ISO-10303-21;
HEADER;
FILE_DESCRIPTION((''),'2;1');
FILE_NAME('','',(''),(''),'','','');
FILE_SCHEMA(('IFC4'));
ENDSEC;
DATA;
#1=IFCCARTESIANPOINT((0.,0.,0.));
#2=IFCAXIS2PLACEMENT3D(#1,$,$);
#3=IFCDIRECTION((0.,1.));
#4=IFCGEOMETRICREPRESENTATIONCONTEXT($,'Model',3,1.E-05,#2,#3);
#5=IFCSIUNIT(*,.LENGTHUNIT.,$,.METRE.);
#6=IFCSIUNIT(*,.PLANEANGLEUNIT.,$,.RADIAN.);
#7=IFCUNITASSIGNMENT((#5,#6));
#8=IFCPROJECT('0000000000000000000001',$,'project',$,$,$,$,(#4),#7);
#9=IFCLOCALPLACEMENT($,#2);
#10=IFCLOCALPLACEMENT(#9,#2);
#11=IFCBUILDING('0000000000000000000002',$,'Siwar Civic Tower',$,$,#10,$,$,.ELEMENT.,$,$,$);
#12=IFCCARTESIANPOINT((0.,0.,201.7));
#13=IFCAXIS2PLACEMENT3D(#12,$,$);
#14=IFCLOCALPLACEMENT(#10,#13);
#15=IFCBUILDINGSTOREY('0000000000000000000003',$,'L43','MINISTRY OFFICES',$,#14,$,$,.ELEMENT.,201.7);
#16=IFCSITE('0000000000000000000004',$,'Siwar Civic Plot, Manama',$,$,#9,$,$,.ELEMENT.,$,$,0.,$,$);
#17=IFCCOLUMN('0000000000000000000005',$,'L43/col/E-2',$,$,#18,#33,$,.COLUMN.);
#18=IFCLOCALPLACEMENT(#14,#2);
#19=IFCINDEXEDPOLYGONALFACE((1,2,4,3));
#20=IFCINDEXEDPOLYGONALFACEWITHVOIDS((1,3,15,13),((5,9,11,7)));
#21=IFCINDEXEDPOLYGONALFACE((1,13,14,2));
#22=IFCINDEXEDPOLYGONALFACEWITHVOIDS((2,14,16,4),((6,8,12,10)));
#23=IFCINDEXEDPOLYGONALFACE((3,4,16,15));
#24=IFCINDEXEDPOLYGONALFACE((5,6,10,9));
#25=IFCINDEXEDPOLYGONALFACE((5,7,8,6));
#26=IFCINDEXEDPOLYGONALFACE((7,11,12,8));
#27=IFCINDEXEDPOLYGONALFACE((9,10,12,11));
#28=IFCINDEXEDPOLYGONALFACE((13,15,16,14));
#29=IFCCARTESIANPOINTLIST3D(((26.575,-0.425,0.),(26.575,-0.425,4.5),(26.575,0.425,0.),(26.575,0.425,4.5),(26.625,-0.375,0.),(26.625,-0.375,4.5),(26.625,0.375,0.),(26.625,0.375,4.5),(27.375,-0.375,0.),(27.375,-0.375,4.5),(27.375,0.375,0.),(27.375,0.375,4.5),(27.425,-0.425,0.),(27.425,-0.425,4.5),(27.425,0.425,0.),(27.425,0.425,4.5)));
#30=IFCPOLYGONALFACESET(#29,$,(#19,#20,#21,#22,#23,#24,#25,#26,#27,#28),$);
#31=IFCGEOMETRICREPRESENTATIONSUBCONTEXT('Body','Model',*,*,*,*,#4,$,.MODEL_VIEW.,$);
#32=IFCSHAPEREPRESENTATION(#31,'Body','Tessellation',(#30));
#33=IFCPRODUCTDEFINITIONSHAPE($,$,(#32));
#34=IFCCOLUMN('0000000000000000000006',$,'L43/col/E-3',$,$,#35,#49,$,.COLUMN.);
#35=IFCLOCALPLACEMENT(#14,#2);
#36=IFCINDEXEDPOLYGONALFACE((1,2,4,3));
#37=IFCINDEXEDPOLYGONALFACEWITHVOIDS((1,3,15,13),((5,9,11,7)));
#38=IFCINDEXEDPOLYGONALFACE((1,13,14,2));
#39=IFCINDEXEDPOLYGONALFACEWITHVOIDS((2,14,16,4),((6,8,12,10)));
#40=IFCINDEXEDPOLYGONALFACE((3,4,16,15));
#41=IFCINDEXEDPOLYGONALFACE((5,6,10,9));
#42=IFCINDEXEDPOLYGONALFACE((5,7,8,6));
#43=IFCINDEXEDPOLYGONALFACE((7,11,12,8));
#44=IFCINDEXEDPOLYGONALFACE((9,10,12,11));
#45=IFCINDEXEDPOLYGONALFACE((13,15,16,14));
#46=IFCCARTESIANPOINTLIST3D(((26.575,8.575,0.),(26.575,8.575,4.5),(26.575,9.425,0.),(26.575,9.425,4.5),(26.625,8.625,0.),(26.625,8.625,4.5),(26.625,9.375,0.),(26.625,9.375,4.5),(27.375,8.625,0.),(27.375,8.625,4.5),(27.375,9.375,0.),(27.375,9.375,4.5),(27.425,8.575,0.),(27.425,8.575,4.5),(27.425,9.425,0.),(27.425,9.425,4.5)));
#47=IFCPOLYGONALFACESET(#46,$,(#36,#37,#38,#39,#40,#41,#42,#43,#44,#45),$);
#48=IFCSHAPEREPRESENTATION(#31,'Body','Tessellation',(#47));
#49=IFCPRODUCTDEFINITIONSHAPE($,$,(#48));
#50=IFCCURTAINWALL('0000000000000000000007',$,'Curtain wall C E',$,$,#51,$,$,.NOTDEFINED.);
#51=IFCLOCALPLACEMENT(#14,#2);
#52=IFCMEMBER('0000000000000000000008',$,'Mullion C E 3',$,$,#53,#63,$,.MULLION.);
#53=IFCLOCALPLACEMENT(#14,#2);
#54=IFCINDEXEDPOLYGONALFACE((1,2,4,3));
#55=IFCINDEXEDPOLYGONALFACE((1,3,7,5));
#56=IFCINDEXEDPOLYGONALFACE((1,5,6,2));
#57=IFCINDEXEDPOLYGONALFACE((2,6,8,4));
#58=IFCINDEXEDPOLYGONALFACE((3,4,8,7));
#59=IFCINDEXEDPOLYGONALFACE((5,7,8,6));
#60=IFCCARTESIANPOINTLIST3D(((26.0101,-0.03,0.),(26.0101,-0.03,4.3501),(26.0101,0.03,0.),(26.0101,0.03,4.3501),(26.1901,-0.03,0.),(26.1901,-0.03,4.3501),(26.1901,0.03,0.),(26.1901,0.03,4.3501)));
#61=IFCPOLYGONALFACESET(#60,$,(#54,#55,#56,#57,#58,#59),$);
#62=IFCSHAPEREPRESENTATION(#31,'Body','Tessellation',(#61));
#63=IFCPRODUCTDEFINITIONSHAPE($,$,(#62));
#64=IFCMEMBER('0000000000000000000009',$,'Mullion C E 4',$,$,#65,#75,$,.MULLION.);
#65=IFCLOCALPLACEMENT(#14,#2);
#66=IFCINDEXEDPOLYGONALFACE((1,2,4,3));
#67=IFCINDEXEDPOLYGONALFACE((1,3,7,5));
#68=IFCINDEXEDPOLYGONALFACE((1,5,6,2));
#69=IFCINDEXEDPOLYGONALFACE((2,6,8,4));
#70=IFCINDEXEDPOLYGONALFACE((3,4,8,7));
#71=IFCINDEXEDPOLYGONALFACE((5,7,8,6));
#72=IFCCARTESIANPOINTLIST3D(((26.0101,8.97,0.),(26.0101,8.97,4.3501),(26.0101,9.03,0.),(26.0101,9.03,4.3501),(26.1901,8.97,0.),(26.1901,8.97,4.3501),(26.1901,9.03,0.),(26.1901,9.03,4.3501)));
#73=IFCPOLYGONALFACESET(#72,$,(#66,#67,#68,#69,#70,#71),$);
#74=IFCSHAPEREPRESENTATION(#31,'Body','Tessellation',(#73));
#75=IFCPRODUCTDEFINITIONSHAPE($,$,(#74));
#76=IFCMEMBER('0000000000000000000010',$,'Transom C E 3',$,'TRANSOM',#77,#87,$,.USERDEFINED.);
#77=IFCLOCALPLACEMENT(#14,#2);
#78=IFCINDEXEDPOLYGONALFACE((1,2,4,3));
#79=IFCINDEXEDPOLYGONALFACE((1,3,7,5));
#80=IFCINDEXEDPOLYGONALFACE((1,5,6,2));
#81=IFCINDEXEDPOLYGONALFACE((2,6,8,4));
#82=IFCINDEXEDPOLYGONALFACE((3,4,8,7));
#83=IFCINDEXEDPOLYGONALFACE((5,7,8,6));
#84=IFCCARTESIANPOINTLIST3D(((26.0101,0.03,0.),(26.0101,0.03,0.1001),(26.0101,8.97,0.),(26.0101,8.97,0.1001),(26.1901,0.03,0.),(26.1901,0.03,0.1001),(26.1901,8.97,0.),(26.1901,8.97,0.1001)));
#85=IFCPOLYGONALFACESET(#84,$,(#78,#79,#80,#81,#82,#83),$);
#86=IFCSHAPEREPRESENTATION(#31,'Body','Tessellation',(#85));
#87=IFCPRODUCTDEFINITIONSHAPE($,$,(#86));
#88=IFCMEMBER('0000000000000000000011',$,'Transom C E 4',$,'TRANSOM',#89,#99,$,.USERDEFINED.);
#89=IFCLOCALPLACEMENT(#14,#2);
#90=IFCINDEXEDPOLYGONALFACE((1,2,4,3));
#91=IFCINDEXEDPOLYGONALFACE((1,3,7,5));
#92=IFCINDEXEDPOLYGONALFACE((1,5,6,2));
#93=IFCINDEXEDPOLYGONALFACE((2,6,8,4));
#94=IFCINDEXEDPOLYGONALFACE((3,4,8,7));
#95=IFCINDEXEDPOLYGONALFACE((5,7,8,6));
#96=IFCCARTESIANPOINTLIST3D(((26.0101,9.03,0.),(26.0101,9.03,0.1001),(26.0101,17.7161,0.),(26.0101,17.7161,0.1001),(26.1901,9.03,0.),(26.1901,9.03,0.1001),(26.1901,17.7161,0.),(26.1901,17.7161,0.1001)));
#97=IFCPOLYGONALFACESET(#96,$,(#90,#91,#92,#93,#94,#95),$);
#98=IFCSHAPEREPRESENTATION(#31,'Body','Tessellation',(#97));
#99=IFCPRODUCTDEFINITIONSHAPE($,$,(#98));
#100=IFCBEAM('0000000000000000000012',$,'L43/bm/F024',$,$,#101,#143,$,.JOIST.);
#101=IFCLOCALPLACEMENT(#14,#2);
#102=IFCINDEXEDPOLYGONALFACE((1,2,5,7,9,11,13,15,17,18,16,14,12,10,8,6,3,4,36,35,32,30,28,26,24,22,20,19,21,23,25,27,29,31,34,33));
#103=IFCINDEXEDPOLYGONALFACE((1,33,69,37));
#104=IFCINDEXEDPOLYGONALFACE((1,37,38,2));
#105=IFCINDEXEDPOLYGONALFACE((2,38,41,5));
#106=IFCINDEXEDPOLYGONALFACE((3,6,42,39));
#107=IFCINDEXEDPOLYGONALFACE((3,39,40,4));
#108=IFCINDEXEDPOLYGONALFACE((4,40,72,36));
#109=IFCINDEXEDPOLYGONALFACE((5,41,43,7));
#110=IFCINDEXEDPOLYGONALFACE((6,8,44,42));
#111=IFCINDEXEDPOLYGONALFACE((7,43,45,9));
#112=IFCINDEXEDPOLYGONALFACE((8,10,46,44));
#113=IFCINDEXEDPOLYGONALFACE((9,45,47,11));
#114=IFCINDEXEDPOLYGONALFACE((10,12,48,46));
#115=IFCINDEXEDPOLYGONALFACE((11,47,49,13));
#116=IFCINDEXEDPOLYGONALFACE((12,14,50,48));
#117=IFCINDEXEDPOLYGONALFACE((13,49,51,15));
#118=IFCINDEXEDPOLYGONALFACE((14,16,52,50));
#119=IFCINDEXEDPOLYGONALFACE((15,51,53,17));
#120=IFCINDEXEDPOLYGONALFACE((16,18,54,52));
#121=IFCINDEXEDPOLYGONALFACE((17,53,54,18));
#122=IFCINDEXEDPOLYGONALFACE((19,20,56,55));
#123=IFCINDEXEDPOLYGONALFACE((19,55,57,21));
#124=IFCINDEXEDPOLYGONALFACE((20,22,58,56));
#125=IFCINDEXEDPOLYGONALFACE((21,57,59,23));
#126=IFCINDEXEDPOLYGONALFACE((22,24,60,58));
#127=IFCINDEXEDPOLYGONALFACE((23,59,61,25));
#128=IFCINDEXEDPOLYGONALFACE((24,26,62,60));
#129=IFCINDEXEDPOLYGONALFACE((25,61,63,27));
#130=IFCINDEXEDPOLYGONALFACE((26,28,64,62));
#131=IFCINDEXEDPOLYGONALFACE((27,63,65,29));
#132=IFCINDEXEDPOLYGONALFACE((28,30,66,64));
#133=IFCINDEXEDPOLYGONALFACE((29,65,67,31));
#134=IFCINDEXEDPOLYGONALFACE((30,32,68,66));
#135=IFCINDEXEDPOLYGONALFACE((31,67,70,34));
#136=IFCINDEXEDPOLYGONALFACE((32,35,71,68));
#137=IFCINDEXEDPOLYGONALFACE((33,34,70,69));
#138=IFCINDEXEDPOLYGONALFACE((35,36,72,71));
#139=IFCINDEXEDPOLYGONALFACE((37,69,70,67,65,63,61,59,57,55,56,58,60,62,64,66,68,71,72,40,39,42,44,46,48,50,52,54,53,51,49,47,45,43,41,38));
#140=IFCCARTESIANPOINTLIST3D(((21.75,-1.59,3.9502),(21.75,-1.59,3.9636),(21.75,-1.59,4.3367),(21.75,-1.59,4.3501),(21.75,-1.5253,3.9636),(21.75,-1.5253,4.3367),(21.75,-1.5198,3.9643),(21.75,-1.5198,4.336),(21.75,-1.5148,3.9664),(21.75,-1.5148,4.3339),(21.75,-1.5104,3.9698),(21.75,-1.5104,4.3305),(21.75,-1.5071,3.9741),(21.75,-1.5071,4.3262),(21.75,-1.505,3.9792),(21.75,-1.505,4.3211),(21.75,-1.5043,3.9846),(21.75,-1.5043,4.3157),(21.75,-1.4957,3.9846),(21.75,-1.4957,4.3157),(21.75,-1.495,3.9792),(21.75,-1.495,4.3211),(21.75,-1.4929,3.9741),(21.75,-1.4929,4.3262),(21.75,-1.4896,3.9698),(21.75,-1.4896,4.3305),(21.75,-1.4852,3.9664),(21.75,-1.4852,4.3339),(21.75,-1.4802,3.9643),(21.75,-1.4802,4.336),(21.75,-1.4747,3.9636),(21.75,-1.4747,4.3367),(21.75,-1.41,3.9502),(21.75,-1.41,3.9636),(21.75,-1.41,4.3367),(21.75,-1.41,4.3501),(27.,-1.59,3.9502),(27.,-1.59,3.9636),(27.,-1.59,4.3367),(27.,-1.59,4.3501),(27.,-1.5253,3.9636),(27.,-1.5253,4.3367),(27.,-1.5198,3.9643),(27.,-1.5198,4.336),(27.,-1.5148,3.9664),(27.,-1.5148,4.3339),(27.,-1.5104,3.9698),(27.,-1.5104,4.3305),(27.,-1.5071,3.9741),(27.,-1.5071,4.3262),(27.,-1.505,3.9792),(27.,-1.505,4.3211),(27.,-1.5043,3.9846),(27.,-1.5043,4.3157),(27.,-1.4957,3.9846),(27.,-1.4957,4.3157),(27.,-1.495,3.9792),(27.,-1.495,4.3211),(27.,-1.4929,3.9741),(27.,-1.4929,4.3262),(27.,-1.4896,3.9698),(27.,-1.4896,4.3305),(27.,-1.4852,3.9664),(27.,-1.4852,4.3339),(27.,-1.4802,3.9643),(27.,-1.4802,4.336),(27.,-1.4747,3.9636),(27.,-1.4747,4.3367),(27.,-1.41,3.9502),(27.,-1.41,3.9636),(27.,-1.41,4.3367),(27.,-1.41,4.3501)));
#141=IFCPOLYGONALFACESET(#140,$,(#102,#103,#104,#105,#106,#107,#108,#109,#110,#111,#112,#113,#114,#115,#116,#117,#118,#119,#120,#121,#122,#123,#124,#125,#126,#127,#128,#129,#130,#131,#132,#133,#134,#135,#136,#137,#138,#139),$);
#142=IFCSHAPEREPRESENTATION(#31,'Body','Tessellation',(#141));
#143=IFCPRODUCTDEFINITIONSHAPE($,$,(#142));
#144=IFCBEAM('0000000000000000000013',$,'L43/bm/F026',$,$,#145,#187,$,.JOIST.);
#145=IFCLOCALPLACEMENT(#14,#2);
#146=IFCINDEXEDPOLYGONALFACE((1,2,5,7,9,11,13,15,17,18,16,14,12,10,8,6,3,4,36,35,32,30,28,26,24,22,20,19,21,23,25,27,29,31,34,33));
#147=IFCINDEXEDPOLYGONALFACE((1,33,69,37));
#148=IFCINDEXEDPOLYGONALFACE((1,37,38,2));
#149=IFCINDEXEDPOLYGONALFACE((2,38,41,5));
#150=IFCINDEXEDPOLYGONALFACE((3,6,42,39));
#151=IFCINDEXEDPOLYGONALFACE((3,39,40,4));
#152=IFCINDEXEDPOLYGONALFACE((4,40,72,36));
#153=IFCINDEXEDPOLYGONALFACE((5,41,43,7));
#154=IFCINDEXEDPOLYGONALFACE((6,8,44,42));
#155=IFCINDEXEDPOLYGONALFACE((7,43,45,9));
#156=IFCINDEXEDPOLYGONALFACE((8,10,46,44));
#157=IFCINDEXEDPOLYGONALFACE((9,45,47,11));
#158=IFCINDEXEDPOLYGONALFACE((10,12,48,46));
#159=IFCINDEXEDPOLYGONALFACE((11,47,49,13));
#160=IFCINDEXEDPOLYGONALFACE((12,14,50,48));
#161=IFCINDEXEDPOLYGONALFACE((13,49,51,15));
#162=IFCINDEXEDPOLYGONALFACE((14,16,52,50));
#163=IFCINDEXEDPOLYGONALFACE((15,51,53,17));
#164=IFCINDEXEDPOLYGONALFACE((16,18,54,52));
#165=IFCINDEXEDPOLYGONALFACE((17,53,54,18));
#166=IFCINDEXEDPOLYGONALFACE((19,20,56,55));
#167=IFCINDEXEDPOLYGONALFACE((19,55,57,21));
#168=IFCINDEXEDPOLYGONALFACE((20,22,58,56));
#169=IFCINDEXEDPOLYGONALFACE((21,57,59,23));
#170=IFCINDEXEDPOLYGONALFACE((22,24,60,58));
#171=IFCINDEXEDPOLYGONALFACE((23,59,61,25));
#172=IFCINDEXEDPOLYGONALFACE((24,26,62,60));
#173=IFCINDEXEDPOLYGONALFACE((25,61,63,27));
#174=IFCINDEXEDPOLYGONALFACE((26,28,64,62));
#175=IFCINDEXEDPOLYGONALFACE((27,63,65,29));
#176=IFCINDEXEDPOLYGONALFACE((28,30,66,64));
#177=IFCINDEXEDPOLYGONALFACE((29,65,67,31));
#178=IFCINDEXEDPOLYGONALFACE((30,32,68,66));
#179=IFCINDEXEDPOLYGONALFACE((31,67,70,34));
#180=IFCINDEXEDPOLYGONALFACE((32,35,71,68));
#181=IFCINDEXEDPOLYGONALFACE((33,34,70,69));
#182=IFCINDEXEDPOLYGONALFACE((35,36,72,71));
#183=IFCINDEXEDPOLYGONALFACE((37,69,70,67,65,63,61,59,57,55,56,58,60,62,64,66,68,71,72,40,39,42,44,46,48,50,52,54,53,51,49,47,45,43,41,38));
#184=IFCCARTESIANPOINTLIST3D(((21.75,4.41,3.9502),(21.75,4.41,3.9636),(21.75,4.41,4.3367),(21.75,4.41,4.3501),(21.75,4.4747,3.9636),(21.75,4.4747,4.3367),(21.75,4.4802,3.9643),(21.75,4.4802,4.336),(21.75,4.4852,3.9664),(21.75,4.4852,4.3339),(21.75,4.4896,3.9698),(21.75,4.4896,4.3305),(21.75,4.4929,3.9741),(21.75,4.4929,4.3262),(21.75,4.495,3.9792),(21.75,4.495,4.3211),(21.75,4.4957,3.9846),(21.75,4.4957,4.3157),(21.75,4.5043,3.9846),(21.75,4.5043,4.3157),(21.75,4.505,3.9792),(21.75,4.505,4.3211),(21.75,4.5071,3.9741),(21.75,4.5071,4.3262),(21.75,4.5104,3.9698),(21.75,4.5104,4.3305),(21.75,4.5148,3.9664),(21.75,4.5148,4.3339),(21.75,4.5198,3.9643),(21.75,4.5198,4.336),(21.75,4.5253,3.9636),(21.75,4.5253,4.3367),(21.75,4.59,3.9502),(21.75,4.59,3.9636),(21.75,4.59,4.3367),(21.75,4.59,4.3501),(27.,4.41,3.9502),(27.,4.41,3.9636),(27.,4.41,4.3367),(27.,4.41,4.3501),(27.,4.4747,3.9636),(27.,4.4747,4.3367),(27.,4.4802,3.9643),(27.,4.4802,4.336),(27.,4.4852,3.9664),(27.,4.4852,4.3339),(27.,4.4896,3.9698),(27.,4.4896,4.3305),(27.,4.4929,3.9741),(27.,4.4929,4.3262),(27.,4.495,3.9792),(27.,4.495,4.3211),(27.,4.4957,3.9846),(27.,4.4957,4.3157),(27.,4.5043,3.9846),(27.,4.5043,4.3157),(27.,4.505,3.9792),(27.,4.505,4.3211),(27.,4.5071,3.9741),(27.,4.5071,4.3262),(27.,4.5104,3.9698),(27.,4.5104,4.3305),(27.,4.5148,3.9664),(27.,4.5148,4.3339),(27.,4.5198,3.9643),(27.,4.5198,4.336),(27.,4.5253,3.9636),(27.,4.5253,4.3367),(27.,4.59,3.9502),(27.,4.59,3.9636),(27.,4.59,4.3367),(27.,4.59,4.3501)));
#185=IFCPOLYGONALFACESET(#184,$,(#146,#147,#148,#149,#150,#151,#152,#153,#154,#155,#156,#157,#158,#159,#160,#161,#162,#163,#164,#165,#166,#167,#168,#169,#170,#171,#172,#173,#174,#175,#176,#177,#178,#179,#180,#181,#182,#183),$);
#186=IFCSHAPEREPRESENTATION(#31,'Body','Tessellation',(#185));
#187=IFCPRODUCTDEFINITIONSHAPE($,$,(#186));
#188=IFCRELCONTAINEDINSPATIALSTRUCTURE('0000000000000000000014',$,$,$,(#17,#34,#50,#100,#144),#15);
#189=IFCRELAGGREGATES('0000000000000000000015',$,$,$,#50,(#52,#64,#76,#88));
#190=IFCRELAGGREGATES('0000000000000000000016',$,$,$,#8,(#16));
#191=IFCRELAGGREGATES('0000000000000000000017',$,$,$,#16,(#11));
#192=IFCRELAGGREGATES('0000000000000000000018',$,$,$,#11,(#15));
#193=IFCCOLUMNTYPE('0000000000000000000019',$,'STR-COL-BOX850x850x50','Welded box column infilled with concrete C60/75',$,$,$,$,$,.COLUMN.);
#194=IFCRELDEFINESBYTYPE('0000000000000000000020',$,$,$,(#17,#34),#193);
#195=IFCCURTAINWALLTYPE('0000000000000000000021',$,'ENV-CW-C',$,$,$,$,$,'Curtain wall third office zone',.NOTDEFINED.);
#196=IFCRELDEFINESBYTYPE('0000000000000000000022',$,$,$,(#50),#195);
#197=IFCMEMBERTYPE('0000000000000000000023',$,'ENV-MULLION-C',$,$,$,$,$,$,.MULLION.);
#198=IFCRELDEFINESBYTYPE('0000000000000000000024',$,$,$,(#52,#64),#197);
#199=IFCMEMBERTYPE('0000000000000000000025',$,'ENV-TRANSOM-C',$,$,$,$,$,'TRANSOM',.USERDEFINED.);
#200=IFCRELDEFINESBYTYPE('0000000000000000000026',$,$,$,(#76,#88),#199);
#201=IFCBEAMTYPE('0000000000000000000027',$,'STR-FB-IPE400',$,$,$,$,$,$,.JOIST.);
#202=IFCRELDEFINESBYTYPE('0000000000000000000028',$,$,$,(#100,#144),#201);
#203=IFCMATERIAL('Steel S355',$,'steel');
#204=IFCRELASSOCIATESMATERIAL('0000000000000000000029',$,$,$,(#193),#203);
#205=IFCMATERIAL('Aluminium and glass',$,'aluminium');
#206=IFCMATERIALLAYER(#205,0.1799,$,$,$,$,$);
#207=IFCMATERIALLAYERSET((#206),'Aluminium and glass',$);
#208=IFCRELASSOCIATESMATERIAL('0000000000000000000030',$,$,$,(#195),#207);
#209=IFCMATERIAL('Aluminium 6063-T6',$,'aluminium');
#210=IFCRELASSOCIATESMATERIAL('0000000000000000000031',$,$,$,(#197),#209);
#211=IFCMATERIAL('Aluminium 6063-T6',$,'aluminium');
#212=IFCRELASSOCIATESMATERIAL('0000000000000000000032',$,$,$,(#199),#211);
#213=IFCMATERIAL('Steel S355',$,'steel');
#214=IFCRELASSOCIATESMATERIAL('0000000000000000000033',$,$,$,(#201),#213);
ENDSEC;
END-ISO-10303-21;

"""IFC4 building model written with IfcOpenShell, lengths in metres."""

from ifc_helpers import new_model, si_unit, direction, frame, origin, origin_2d, place, context, subcontext, project, spatial, rectangle, hollow_rectangle, i_section, extrude, material, layer, layer_set, material_profile, profile_set, type_object, element, aggregate, save


model = new_model("IFC4")

# Units and contexts
model_context = context("Model", 3, precision=1e-05, world=origin(), true_north=direction((0.0, 1.0)))
body_context = subcontext(model_context, "Body", "Model", "MODEL_VIEW")
ifc_project = project(units=[si_unit("LENGTHUNIT", "METRE"), si_unit("PLANEANGLEUNIT", "RADIAN")], contexts=[model_context])

# Site, building, storey
site_placement = place(None, origin())
site = spatial("IfcSite", under=ifc_project, at=site_placement, Name="Siwar Civic Plot, Manama", CompositionType="ELEMENT", RefElevation=0.0)
building_placement = place(site_placement, origin())
building = spatial("IfcBuilding", under=site, at=building_placement, Name="Siwar Civic Tower", CompositionType="ELEMENT")
storey_placement = place(building_placement, frame((0.0, 0.0, 201.7)))
storey = spatial("IfcBuildingStorey", under=building, at=storey_placement, Name="L43", Description="MINISTRY OFFICES", CompositionType="ELEMENT", Elevation=201.7)

# Columns
ifc_material_1 = material(Name="Steel S355", Category="steel")
ifc_material_profile_1 = material_profile(ifc_material_1, hollow_rectangle(XDim=0.8501, YDim=0.8501, WallThickness=0.05, at=origin_2d()), Name="BOX850x850x50")
ifc_profile_set_1 = profile_set([ifc_material_profile_1], Name="Steel S355")
column_type = type_object("IfcColumnType", Name="STR-COL-BOX850x850x50", Description="Welded box column infilled with concrete C60/75", PredefinedType="COLUMN", material=ifc_profile_set_1)
for number, where, z_axis, x_axis, name in (
    (1, (27.0, 0.0, 0.0), (0.0, 0.0, 1.0), (1.0, 0.0, 0.0), "L43/col/E-2"),
    (2, (27.0, 9.0, 0.0), (0.0, 0.0, 1.0), (1.0, 0.0, 0.0), "L43/col/E-3"),
):
    element("IfcColumn", number, at=place(storey_placement, frame(where, z_axis=z_axis, x_axis=x_axis)), inside=storey, type_object=column_type, Name=name, PredefinedType="COLUMN", context=body_context, shape_type="SweptSolid", body=[
        extrude(hollow_rectangle(XDim=0.8501, YDim=0.8501, WallThickness=0.05, at=origin_2d()), origin(), (0.0, 0.0, 1.0), 4.5),
    ])

# Curtain wall, members
ifc_material_2 = material(Name="Aluminium and glass", Category="aluminium")
ifc_layer_1 = layer(ifc_material_2, 0.1799)
ifc_layer_set_1 = layer_set([ifc_layer_1], Name="Aluminium and glass")
curtain_wall_type = type_object("IfcCurtainWallType", Name="ENV-CW-C", ElementType="Curtain wall third office zone", PredefinedType="NOTDEFINED", material=ifc_layer_set_1)
curtain_wall_placement = place(storey_placement, origin())
curtain_wall = element("IfcCurtainWall", 3, at=curtain_wall_placement, inside=storey, type_object=curtain_wall_type, Name="Curtain wall C E", PredefinedType="NOTDEFINED")
ifc_material_3 = material(Name="Aluminium 6063-T6", Category="aluminium")
ifc_material_profile_2 = material_profile(ifc_material_3, rectangle(XDim=0.1799, YDim=0.0601, at=origin_2d()), Name="AL 180x60")
ifc_profile_set_2 = profile_set([ifc_material_profile_2], Name="Aluminium 6063-T6")
member_type_1 = type_object("IfcMemberType", Name="ENV-MULLION-C", PredefinedType="MULLION", material=ifc_profile_set_2)
member_1_placement = place(storey_placement, frame((26.1001, 0.0, 0.0), z_axis=(0.0, 0.0, 1.0), x_axis=(-1.0, 0.0, 0.0)))
member_1 = element("IfcMember", 4, at=member_1_placement, type_object=member_type_1, Name="Mullion C E 3", PredefinedType="MULLION", context=body_context, shape_type="SweptSolid", body=[
    extrude(rectangle(XDim=0.1799, YDim=0.0601, at=origin_2d()), origin(), (0.0, 0.0, 1.0), 4.3501),
])
member_2_placement = place(storey_placement, frame((26.1001, 9.0, 0.0), z_axis=(0.0, 0.0, 1.0), x_axis=(-1.0, 0.0, 0.0)))
member_2 = element("IfcMember", 5, at=member_2_placement, type_object=member_type_1, Name="Mullion C E 4", PredefinedType="MULLION", context=body_context, shape_type="SweptSolid", body=[
    extrude(rectangle(XDim=0.1799, YDim=0.0601, at=origin_2d()), origin(), (0.0, 0.0, 1.0), 4.3501),
])
ifc_material_4 = material(Name="Aluminium 6063-T6", Category="aluminium")
ifc_material_profile_3 = material_profile(ifc_material_4, rectangle(XDim=0.1799, YDim=0.1001, at=origin_2d()), Name="AL 180x100")
ifc_profile_set_3 = profile_set([ifc_material_profile_3], Name="Aluminium 6063-T6")
member_type_2 = type_object("IfcMemberType", Name="ENV-TRANSOM-C", ElementType="TRANSOM", PredefinedType="USERDEFINED", material=ifc_profile_set_3)
member_3_placement = place(storey_placement, frame((26.1001, 0.03, 0.05), z_axis=(0.0, 1.0, 0.0), x_axis=(-1.0, 0.0, 0.0)))
member_3 = element("IfcMember", 6, at=member_3_placement, type_object=member_type_2, Name="Transom C E 3", ObjectType="TRANSOM", PredefinedType="USERDEFINED", context=body_context, shape_type="SweptSolid", body=[
    extrude(rectangle(XDim=0.1799, YDim=0.1001, at=origin_2d()), origin(), (0.0, 0.0, 1.0), 8.9399),
])
member_4_placement = place(storey_placement, frame((26.1001, 9.03, 0.05), z_axis=(0.0, 1.0, 0.0), x_axis=(-1.0, 0.0, 0.0)))
member_4 = element("IfcMember", 7, at=member_4_placement, type_object=member_type_2, Name="Transom C E 4", ObjectType="TRANSOM", PredefinedType="USERDEFINED", context=body_context, shape_type="SweptSolid", body=[
    extrude(rectangle(XDim=0.1799, YDim=0.1001, at=origin_2d()), origin(), (0.0, 0.0, 1.0), 8.686),
])

# Beams
ifc_material_5 = material(Name="Steel S355", Category="steel")
ifc_material_profile_4 = material_profile(ifc_material_5, i_section(OverallWidth=0.1799, OverallDepth=0.3999, WebThickness=0.0085, FlangeThickness=0.0134, FilletRadius=0.021, at=origin_2d()), Name="IPE400")
ifc_profile_set_4 = profile_set([ifc_material_profile_4], Name="Steel S355")
beam_type_1 = type_object("IfcBeamType", Name="STR-FB-IPE400", PredefinedType="JOIST", material=ifc_profile_set_4)
for number, where, z_axis, x_axis, name in (
    (8, (21.75, -1.5, 4.1501), (1.0, 0.0, 0.0), (0.0, 1.0, 0.0), "L43/bm/F024"),
    (9, (21.75, 4.5, 4.1501), (1.0, 0.0, 0.0), (0.0, 1.0, 0.0), "L43/bm/F026"),
):
    element("IfcBeam", number, at=place(storey_placement, frame(where, z_axis=z_axis, x_axis=x_axis)), inside=storey, type_object=beam_type_1, Name=name, PredefinedType="JOIST", context=body_context, shape_type="SweptSolid", body=[
        extrude(i_section(OverallWidth=0.1799, OverallDepth=0.3999, WebThickness=0.0085, FlangeThickness=0.0134, FilletRadius=0.021, at=origin_2d()), origin(), (0.0, 0.0, 1.0), 5.25),
    ])

aggregate(curtain_wall, [member_1, member_2, member_3, member_4])

save(model, "model.ifc")
